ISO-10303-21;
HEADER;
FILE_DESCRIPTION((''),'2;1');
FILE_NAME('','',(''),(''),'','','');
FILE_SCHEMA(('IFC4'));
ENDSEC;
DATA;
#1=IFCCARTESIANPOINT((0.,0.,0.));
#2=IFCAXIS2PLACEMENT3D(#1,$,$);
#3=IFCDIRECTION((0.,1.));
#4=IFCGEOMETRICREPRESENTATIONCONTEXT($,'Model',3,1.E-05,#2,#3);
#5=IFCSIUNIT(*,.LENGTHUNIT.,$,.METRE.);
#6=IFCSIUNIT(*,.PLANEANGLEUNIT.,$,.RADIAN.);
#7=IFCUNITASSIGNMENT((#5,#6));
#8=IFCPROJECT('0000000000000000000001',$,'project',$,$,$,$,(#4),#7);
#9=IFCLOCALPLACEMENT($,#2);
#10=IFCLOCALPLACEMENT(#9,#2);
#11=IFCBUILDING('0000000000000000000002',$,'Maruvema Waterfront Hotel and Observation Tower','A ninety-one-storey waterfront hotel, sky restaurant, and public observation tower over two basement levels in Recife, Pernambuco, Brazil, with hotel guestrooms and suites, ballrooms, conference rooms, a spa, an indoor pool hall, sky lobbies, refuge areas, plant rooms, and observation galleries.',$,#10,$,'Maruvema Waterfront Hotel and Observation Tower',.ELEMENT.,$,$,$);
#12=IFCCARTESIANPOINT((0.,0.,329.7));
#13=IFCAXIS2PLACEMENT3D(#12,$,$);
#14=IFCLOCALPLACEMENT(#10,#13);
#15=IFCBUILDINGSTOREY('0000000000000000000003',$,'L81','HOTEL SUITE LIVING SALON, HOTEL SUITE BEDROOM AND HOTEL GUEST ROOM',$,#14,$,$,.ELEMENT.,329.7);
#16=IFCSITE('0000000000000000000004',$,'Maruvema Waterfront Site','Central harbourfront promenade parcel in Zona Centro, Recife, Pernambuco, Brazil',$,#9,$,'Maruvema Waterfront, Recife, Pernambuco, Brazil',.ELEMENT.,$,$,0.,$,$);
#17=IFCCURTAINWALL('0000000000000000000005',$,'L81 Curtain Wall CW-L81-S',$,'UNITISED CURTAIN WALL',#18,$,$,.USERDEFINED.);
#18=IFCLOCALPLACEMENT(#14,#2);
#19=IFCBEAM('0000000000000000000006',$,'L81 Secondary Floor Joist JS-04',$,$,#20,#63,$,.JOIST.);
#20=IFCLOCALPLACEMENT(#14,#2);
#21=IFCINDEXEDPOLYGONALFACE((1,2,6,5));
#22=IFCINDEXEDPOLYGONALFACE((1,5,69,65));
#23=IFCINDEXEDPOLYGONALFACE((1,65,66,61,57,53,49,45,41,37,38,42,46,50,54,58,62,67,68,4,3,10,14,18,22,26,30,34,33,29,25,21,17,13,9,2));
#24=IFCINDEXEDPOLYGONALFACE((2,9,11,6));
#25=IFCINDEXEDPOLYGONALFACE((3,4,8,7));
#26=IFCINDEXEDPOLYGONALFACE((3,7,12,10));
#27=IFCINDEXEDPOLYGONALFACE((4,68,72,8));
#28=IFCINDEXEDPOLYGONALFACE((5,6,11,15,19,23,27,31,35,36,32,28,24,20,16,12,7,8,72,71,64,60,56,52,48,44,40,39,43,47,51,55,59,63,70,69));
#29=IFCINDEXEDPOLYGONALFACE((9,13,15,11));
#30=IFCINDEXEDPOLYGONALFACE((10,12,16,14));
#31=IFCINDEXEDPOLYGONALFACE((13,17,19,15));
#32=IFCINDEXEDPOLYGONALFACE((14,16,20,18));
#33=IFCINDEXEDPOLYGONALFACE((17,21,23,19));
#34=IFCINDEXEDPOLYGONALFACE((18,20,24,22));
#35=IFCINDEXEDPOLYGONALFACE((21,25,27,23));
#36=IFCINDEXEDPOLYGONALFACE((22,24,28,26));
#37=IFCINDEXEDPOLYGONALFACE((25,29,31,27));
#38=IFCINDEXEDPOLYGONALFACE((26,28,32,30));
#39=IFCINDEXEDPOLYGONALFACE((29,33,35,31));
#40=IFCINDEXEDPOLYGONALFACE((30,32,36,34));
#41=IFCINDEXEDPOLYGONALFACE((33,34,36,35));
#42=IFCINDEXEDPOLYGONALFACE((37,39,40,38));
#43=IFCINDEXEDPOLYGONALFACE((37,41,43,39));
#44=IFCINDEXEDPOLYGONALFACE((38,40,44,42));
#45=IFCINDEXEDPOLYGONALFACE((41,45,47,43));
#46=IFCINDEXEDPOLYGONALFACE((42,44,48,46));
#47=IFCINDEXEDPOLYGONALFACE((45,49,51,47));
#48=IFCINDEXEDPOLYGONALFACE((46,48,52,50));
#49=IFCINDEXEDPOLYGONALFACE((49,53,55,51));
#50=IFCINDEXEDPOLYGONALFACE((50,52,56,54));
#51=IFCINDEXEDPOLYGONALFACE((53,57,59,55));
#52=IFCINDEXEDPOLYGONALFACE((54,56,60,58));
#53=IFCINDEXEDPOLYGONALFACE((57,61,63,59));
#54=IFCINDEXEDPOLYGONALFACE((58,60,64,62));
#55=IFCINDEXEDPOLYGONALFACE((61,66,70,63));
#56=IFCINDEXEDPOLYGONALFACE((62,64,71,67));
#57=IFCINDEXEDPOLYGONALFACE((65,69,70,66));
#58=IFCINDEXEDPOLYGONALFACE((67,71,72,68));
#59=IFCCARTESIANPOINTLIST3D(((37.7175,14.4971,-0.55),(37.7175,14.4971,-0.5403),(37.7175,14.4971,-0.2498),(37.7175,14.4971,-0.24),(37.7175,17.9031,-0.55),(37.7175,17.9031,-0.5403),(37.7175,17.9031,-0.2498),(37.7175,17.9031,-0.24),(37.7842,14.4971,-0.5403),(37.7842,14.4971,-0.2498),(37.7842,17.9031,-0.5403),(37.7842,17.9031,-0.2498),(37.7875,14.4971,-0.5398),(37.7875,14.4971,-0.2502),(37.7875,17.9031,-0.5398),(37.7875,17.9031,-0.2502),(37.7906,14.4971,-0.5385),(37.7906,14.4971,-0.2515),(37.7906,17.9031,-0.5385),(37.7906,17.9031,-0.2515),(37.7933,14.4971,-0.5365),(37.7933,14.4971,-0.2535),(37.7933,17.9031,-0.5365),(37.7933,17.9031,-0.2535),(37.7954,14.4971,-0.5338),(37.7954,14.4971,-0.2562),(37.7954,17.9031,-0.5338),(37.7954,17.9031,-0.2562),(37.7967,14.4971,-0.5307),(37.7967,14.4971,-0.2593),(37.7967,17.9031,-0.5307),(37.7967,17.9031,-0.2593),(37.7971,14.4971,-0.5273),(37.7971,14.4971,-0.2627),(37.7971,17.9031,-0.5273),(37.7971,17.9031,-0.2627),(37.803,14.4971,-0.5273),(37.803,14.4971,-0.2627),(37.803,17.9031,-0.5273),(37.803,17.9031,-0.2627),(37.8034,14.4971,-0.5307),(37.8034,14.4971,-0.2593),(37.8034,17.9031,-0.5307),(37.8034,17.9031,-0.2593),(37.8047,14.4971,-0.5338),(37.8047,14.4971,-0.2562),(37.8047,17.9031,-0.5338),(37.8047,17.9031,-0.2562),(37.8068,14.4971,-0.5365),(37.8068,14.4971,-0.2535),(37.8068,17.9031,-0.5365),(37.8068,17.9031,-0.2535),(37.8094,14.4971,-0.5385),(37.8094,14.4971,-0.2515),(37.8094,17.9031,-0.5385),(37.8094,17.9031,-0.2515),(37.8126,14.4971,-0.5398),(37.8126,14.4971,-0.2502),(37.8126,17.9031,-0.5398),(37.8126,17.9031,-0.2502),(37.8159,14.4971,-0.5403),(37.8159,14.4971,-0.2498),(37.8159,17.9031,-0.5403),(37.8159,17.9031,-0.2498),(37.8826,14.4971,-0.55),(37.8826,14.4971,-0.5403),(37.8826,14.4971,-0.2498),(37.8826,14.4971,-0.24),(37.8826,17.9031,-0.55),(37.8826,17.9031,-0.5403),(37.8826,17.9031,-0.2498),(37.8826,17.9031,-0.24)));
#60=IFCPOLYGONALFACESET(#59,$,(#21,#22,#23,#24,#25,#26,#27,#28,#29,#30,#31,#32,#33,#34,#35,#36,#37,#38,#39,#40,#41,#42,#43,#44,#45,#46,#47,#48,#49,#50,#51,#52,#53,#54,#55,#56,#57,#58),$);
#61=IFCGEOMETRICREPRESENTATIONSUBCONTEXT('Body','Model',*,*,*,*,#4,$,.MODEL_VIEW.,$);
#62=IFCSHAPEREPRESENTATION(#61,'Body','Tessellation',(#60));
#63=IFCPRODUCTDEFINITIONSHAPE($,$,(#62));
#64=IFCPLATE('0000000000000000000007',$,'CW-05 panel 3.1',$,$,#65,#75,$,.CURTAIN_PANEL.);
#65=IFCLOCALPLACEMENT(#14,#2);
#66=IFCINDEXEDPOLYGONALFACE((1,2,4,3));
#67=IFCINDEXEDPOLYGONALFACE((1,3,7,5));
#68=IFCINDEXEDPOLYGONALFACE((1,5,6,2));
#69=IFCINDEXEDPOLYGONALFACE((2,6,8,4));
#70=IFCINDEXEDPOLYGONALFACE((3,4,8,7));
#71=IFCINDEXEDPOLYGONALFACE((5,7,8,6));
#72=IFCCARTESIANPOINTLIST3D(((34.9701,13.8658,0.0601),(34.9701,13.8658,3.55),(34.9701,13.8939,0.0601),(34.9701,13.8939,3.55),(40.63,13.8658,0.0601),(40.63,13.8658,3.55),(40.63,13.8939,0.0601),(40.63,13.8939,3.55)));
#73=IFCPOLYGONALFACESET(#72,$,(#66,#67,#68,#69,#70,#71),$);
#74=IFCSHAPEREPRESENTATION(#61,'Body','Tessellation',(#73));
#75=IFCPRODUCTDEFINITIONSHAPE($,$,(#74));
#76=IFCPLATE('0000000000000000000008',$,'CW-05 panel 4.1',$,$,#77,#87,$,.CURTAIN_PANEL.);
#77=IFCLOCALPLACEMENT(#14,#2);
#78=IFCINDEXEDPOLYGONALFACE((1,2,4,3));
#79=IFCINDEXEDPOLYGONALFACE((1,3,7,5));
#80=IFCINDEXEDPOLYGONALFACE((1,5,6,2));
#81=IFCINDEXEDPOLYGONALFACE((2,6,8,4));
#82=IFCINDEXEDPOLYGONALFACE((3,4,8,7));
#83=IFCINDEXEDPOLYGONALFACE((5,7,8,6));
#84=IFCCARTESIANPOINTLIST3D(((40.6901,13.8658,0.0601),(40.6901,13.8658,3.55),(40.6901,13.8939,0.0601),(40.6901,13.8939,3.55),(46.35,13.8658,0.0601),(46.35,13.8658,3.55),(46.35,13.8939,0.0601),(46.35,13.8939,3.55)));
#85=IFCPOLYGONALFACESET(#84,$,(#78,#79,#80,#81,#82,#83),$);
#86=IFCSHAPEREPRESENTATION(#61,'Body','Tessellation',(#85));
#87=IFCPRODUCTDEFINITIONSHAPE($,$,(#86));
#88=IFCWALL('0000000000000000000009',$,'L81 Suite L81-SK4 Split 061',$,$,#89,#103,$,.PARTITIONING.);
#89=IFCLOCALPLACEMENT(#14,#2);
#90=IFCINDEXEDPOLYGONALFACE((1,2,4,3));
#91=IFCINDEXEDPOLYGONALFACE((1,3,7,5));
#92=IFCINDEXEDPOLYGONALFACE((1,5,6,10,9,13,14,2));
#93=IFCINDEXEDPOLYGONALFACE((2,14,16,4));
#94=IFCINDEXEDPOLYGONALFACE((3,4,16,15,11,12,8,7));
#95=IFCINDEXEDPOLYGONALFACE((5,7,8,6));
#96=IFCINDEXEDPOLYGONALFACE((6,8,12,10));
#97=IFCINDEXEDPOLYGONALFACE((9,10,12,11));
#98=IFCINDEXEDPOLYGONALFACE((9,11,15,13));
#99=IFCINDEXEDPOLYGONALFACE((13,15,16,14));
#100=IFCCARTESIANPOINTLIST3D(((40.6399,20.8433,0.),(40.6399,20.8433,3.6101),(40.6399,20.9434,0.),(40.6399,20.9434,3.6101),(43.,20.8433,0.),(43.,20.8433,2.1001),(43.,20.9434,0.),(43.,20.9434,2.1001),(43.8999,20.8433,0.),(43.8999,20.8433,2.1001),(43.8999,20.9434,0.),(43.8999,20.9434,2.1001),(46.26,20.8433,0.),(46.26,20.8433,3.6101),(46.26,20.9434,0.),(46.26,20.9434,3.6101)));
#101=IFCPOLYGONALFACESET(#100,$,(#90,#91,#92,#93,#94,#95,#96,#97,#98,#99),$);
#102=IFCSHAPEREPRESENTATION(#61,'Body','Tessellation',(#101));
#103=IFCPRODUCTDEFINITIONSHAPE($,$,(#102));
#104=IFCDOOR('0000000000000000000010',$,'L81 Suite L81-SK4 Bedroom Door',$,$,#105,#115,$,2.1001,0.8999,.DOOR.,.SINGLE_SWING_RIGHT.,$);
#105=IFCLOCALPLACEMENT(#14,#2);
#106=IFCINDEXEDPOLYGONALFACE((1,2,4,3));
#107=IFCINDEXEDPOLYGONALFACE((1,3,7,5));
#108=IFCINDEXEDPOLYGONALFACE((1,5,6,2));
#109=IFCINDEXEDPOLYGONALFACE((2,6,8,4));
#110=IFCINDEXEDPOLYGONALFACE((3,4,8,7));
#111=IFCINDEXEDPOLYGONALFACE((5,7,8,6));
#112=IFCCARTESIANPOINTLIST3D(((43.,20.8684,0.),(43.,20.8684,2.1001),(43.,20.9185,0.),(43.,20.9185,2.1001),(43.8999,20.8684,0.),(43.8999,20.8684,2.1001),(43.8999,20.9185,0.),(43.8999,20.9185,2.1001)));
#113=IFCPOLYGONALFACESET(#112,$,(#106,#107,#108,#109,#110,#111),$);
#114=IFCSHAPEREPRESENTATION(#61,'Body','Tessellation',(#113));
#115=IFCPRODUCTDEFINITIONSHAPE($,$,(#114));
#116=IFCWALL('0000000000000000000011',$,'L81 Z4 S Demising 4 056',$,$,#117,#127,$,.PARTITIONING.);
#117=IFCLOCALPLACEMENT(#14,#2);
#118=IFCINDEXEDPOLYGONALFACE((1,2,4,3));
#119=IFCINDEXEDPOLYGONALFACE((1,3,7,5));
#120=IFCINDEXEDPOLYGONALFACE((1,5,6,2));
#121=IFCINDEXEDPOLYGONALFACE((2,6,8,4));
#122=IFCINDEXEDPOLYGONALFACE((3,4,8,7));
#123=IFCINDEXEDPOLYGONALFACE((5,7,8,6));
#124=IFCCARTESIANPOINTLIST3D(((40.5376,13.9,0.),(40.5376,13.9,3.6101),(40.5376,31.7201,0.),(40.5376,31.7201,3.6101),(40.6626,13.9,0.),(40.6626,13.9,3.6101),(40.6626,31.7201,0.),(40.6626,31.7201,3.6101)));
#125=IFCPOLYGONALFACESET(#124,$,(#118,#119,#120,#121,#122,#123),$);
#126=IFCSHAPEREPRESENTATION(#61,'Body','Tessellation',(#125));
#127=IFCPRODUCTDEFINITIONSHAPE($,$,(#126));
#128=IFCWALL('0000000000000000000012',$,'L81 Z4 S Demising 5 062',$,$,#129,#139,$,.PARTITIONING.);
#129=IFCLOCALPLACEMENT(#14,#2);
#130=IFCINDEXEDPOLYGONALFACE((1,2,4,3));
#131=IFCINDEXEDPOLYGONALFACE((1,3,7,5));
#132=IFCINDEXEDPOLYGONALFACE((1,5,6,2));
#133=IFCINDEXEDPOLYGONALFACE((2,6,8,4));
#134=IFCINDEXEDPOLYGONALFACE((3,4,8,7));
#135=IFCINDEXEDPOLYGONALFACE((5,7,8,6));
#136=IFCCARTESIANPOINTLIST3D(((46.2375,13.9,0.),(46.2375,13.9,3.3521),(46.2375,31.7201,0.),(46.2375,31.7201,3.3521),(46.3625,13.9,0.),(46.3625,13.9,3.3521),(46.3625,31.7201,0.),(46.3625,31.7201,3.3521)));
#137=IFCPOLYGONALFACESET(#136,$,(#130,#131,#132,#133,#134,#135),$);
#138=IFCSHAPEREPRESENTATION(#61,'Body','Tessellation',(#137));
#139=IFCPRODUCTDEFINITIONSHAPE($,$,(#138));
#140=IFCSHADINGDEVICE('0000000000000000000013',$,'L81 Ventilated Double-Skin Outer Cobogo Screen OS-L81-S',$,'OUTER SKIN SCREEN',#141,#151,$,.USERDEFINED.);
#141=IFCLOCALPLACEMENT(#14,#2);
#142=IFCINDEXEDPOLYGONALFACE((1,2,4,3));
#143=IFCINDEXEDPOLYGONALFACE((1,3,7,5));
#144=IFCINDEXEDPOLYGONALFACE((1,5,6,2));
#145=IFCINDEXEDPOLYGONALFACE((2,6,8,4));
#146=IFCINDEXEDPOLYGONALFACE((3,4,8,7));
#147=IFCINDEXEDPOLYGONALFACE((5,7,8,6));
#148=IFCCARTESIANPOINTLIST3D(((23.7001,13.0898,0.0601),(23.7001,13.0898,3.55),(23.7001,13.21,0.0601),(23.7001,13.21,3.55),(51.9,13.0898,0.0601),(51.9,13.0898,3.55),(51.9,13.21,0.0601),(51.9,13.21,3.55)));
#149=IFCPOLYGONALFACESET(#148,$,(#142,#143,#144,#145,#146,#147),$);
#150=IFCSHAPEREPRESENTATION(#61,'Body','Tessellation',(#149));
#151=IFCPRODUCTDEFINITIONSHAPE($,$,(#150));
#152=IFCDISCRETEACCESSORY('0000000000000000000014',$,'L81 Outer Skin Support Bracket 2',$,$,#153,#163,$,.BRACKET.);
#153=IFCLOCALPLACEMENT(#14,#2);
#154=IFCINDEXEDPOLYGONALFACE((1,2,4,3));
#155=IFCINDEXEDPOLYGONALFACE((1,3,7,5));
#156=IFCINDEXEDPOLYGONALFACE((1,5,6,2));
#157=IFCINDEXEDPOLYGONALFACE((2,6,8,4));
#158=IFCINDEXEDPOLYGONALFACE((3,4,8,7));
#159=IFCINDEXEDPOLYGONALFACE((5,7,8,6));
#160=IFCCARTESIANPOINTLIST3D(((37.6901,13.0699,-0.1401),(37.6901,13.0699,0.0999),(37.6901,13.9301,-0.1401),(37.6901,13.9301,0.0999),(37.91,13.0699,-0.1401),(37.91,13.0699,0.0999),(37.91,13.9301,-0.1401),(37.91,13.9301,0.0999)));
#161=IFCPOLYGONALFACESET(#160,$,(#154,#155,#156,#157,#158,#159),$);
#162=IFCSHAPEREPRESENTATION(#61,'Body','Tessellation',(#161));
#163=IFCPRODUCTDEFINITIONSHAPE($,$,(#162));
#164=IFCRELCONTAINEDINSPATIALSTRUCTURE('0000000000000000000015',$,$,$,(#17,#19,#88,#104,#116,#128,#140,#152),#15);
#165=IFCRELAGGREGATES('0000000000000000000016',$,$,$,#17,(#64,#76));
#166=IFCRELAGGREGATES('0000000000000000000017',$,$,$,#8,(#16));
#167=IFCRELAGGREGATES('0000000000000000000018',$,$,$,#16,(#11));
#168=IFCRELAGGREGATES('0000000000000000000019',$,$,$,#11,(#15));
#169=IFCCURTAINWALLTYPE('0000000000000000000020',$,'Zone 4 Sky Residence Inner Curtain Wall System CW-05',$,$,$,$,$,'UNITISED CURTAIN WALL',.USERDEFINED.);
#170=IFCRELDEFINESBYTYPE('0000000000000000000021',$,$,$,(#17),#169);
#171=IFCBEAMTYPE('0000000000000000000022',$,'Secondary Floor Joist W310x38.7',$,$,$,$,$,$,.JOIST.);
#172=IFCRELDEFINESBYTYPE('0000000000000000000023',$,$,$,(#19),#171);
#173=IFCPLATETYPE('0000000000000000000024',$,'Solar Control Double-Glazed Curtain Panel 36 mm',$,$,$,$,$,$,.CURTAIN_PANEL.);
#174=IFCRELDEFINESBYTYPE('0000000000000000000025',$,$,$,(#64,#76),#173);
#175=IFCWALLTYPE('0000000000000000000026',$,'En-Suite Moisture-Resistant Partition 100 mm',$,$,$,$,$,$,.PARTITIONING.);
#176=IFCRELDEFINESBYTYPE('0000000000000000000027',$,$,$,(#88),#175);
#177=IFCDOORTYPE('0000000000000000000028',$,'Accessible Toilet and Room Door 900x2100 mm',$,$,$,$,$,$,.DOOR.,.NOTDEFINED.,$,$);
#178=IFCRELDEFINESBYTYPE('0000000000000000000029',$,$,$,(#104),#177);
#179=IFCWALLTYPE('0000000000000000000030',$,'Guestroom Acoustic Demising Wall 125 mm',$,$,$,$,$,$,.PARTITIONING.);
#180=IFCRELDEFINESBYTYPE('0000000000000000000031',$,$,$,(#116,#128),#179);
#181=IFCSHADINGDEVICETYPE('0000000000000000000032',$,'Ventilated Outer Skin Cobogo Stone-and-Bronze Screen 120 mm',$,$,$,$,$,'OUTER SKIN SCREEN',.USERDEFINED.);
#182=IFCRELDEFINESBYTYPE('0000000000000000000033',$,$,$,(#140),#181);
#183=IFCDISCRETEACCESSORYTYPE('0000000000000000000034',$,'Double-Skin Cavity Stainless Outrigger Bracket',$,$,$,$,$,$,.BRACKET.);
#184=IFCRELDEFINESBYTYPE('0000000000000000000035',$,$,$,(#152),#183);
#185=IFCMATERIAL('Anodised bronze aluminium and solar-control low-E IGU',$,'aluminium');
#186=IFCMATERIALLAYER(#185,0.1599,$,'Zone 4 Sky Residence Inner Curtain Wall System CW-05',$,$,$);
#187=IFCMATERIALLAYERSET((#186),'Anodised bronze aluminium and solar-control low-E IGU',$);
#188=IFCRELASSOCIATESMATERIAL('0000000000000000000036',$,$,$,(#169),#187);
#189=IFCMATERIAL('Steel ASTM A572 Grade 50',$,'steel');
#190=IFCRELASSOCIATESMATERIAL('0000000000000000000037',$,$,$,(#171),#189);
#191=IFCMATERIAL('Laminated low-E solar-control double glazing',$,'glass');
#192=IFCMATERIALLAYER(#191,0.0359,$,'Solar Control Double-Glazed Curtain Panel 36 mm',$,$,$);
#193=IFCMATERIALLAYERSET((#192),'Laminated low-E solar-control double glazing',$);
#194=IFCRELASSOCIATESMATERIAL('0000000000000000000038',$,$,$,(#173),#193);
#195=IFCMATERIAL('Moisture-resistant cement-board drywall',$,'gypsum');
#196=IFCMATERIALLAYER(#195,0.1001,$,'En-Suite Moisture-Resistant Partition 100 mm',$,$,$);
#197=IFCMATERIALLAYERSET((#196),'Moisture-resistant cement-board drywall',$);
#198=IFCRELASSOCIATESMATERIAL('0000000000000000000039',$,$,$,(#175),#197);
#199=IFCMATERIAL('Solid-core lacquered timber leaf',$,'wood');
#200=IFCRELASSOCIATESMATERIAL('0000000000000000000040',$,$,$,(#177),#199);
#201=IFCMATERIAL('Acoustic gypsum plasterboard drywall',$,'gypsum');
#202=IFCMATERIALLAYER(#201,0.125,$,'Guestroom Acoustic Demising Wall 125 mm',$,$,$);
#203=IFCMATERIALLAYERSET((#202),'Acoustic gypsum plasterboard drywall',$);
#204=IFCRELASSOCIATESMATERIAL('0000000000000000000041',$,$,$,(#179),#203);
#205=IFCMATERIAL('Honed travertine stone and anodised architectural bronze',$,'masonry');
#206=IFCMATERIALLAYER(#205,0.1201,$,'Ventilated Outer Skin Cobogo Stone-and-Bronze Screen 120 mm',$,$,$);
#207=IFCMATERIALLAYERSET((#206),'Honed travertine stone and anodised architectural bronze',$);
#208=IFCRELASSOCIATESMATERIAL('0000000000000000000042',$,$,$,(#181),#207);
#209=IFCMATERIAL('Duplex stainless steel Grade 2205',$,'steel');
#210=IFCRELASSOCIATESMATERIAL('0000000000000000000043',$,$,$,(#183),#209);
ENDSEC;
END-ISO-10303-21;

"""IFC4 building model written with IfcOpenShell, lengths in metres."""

from ifc_helpers import new_model, si_unit, direction, frame, frame_2d, origin, origin_2d, place, context, subcontext, project, spatial, rectangle, i_section, extrude, material, layer, layer_set, material_profile, profile_set, type_object, element, fill, aggregate, save


model = new_model("IFC4")

# Units and contexts
model_context = context("Model", 3, precision=1e-05, world=origin(), true_north=direction((0.0, 1.0)))
body_context = subcontext(model_context, "Body", "Model", "MODEL_VIEW")
ifc_project = project(units=[si_unit("LENGTHUNIT", "METRE"), si_unit("PLANEANGLEUNIT", "RADIAN")], contexts=[model_context])

# Site, building, storey
site_placement = place(None, origin())
site = spatial("IfcSite", under=ifc_project, at=site_placement, Name="Maruvema Waterfront Site", Description="Central harbourfront promenade parcel in Zona Centro, Recife, Pernambuco, Brazil", LongName="Maruvema Waterfront, Recife, Pernambuco, Brazil", CompositionType="ELEMENT", RefElevation=0.0)
building_placement = place(site_placement, origin())
building = spatial("IfcBuilding", under=site, at=building_placement, Name="Maruvema Waterfront Hotel and Observation Tower", Description="A ninety-one-storey waterfront hotel, sky restaurant, and public observation tower over two basement levels in Recife, Pernambuco, Brazil, with hotel guestrooms and suites, ballrooms, conference rooms, a spa, an indoor pool hall, sky lobbies, refuge areas, plant rooms, and observation galleries.", LongName="Maruvema Waterfront Hotel and Observation Tower", CompositionType="ELEMENT")
storey_placement = place(building_placement, frame((0.0, 0.0, 329.7)))
storey = spatial("IfcBuildingStorey", under=building, at=storey_placement, Name="L81", Description="HOTEL SUITE LIVING SALON, HOTEL SUITE BEDROOM AND HOTEL GUEST ROOM", CompositionType="ELEMENT", Elevation=329.7)

# Curtain wall
ifc_material_1 = material(Name="Anodised bronze aluminium and solar-control low-E IGU", Category="aluminium")
ifc_layer_1 = layer(ifc_material_1, 0.1599, Name="Zone 4 Sky Residence Inner Curtain Wall System CW-05")
ifc_layer_set_1 = layer_set([ifc_layer_1], Name="Anodised bronze aluminium and solar-control low-E IGU")
curtain_wall_type = type_object("IfcCurtainWallType", Name="Zone 4 Sky Residence Inner Curtain Wall System CW-05", ElementType="UNITISED CURTAIN WALL", PredefinedType="USERDEFINED", material=ifc_layer_set_1)
curtain_wall_placement = place(storey_placement, origin())
curtain_wall = element("IfcCurtainWall", 1, at=curtain_wall_placement, inside=storey, type_object=curtain_wall_type, Name="L81 Curtain Wall CW-L81-S", ObjectType="UNITISED CURTAIN WALL", PredefinedType="USERDEFINED")

# Beam
ifc_material_2 = material(Name="Steel ASTM A572 Grade 50", Category="steel")
ifc_material_profile_1 = material_profile(ifc_material_2, i_section(OverallWidth=0.165, OverallDepth=0.3101, WebThickness=0.0059, FlangeThickness=0.0098, FilletRadius=0.0129, at=origin_2d()), Name="W310x38.7")
ifc_profile_set_1 = profile_set([ifc_material_profile_1], Name="Steel ASTM A572 Grade 50")
beam_type_1 = type_object("IfcBeamType", Name="Secondary Floor Joist W310x38.7", PredefinedType="JOIST", material=ifc_profile_set_1)
beam_1_placement = place(storey_placement, frame((37.8, 14.4971, -0.395), z_axis=(0.0, 1.0, 0.0), x_axis=(-1.0, 0.0, 0.0)))
element("IfcBeam", 2, at=beam_1_placement, inside=storey, type_object=beam_type_1, Name="L81 Secondary Floor Joist JS-04", PredefinedType="JOIST", context=body_context, shape_type="SweptSolid", body=[
    extrude(i_section(OverallWidth=0.165, OverallDepth=0.3101, WebThickness=0.0059, FlangeThickness=0.0098, FilletRadius=0.0129, at=origin_2d()), origin(), (0.0, 0.0, 1.0), 3.406),
])

# Plates
ifc_material_3 = material(Name="Laminated low-E solar-control double glazing", Category="glass")
ifc_layer_2 = layer(ifc_material_3, 0.0359, Name="Solar Control Double-Glazed Curtain Panel 36 mm")
ifc_layer_set_2 = layer_set([ifc_layer_2], Name="Laminated low-E solar-control double glazing")
plate_type = type_object("IfcPlateType", Name="Solar Control Double-Glazed Curtain Panel 36 mm", PredefinedType="CURTAIN_PANEL", material=ifc_layer_set_2)
plate_1_placement = place(storey_placement, frame((37.8, 13.8799, 0.0601), z_axis=(0.0, 0.0, 1.0), x_axis=(1.0, 0.0, 0.0)))
plate_1 = element("IfcPlate", 3, at=plate_1_placement, type_object=plate_type, Name="CW-05 panel 3.1", PredefinedType="CURTAIN_PANEL", context=body_context, shape_type="SweptSolid", body=[
    extrude(rectangle(XDim=5.6599, YDim=0.0281, at=origin_2d()), origin(), (0.0, 0.0, 1.0), 3.49),
])
plate_2_placement = place(storey_placement, frame((43.52, 13.8799, 0.0601), z_axis=(0.0, 0.0, 1.0), x_axis=(1.0, 0.0, 0.0)))
plate_2 = element("IfcPlate", 4, at=plate_2_placement, type_object=plate_type, Name="CW-05 panel 4.1", PredefinedType="CURTAIN_PANEL", context=body_context, shape_type="SweptSolid", body=[
    extrude(rectangle(XDim=5.6599, YDim=0.0281, at=origin_2d()), origin(), (0.0, 0.0, 1.0), 3.49),
])
aggregate(curtain_wall, [plate_1, plate_2])

# Wall, opening, door
ifc_material_4 = material(Name="Moisture-resistant cement-board drywall", Category="gypsum")
ifc_layer_3 = layer(ifc_material_4, 0.1001, Name="En-Suite Moisture-Resistant Partition 100 mm")
ifc_layer_set_3 = layer_set([ifc_layer_3], Name="Moisture-resistant cement-board drywall")
wall_type_1 = type_object("IfcWallType", Name="En-Suite Moisture-Resistant Partition 100 mm", PredefinedType="PARTITIONING", material=ifc_layer_set_3)
wall_1_placement = place(storey_placement, frame((40.6399, 20.8933, 0.0), z_axis=(0.0, 0.0, 1.0), x_axis=(1.0, 0.0, 0.0)))
wall_1 = element("IfcWall", 5, at=wall_1_placement, inside=storey, type_object=wall_type_1, Name="L81 Suite L81-SK4 Split 061", PredefinedType="PARTITIONING", context=body_context, shape_type="SweptSolid", body=[
    extrude(rectangle(XDim=5.6201, YDim=0.1001, at=frame_2d((2.8101, 0.0))), origin(), (0.0, 0.0, 1.0), 3.6101),
])
opening_placement = place(wall_1_placement, frame((2.3601, 0.0, 0.0)))
opening = element("IfcOpeningElement", 6, at=opening_placement, cuts=wall_1, PredefinedType="OPENING", context=body_context, shape_type="SweptSolid", body=[
    extrude(rectangle(XDim=0.8999, YDim=2.1001, at=frame_2d((0.45, 1.05))), frame((0.0, 0.0601, 0.0), z_axis=(0.0, -1.0, 0.0), x_axis=(1.0, 0.0, 0.0)), (0.0, 0.0, 1.0), 0.1201),
])
ifc_material_5 = material(Name="Solid-core lacquered timber leaf", Category="wood")
door_type = type_object("IfcDoorType", Name="Accessible Toilet and Room Door 900x2100 mm", OperationType="NOTDEFINED", PredefinedType="DOOR", material=ifc_material_5)
door_placement = place(opening_placement, frame((0.8999, 0.0, 0.0), z_axis=(0.0, 0.0, 1.0), x_axis=(-1.0, 0.0, 0.0)))
door = element("IfcDoor", 7, at=door_placement, inside=storey, type_object=door_type, Name="L81 Suite L81-SK4 Bedroom Door", OperationType="SINGLE_SWING_RIGHT", OverallHeight=2.1001, OverallWidth=0.8999, PredefinedType="DOOR", context=body_context, shape_type="SweptSolid", body=[
    extrude(rectangle(XDim=0.8999, YDim=2.1001, at=frame_2d((0.45, 1.05))), frame((0.0, 0.0249, 0.0), z_axis=(0.0, -1.0, 0.0), x_axis=(1.0, 0.0, 0.0)), (0.0, 0.0, 1.0), 0.05),
])
fill(opening, door)

# Walls
ifc_material_6 = material(Name="Acoustic gypsum plasterboard drywall", Category="gypsum")
ifc_layer_4 = layer(ifc_material_6, 0.125, Name="Guestroom Acoustic Demising Wall 125 mm")
ifc_layer_set_4 = layer_set([ifc_layer_4], Name="Acoustic gypsum plasterboard drywall")
wall_type_2 = type_object("IfcWallType", Name="Guestroom Acoustic Demising Wall 125 mm", PredefinedType="PARTITIONING", material=ifc_layer_set_4)
wall_2_placement = place(storey_placement, frame((40.6001, 13.8999, 0.0), z_axis=(0.0, 0.0, 1.0), x_axis=(0.0, 1.0, 0.0)))
element("IfcWall", 8, at=wall_2_placement, inside=storey, type_object=wall_type_2, Name="L81 Z4 S Demising 4 056", PredefinedType="PARTITIONING", context=body_context, shape_type="SweptSolid", body=[
    extrude(rectangle(XDim=17.8201, YDim=0.125, at=frame_2d((8.9102, 0.0))), origin(), (0.0, 0.0, 1.0), 3.6101),
])
wall_3_placement = place(storey_placement, frame((46.3, 13.8999, 0.0), z_axis=(0.0, 0.0, 1.0), x_axis=(0.0, 1.0, 0.0)))
element("IfcWall", 9, at=wall_3_placement, inside=storey, type_object=wall_type_2, Name="L81 Z4 S Demising 5 062", PredefinedType="PARTITIONING", context=body_context, shape_type="SweptSolid", body=[
    extrude(rectangle(XDim=17.8201, YDim=0.125, at=frame_2d((8.9102, 0.0))), origin(), (0.0, 0.0, 1.0), 3.3521),
])

# Shading device
ifc_material_7 = material(Name="Honed travertine stone and anodised architectural bronze", Category="masonry")
ifc_layer_5 = layer(ifc_material_7, 0.1201, Name="Ventilated Outer Skin Cobogo Stone-and-Bronze Screen 120 mm")
ifc_layer_set_5 = layer_set([ifc_layer_5], Name="Honed travertine stone and anodised architectural bronze")
shading_device_type = type_object("IfcShadingDeviceType", Name="Ventilated Outer Skin Cobogo Stone-and-Bronze Screen 120 mm", ElementType="OUTER SKIN SCREEN", PredefinedType="USERDEFINED", material=ifc_layer_set_5)
shading_device_placement = place(storey_placement, frame((37.8, 13.1499, 0.0601), z_axis=(0.0, 0.0, 1.0), x_axis=(1.0, 0.0, 0.0)))
element("IfcShadingDevice", 10, at=shading_device_placement, inside=storey, type_object=shading_device_type, Name="L81 Ventilated Double-Skin Outer Cobogo Screen OS-L81-S", ObjectType="OUTER SKIN SCREEN", PredefinedType="USERDEFINED", context=body_context, shape_type="SweptSolid", body=[
    extrude(rectangle(XDim=28.2, YDim=0.1201, at=origin_2d()), origin(), (0.0, 0.0, 1.0), 3.49),
])

# Discrete accessory
ifc_material_8 = material(Name="Duplex stainless steel Grade 2205", Category="steel")
discrete_accessory_type = type_object("IfcDiscreteAccessoryType", Name="Double-Skin Cavity Stainless Outrigger Bracket", PredefinedType="BRACKET", material=ifc_material_8)
discrete_accessory_placement = place(storey_placement, frame((37.8, 13.5, -0.1401), z_axis=(0.0, 0.0, 1.0), x_axis=(1.0, 0.0, 0.0)))
element("IfcDiscreteAccessory", 11, at=discrete_accessory_placement, inside=storey, type_object=discrete_accessory_type, Name="L81 Outer Skin Support Bracket 2", PredefinedType="BRACKET", context=body_context, shape_type="SweptSolid", body=[
    extrude(rectangle(XDim=0.22, YDim=0.8601, at=origin_2d()), origin(), (0.0, 0.0, 1.0), 0.24),
])

save(model, "model.ifc")
